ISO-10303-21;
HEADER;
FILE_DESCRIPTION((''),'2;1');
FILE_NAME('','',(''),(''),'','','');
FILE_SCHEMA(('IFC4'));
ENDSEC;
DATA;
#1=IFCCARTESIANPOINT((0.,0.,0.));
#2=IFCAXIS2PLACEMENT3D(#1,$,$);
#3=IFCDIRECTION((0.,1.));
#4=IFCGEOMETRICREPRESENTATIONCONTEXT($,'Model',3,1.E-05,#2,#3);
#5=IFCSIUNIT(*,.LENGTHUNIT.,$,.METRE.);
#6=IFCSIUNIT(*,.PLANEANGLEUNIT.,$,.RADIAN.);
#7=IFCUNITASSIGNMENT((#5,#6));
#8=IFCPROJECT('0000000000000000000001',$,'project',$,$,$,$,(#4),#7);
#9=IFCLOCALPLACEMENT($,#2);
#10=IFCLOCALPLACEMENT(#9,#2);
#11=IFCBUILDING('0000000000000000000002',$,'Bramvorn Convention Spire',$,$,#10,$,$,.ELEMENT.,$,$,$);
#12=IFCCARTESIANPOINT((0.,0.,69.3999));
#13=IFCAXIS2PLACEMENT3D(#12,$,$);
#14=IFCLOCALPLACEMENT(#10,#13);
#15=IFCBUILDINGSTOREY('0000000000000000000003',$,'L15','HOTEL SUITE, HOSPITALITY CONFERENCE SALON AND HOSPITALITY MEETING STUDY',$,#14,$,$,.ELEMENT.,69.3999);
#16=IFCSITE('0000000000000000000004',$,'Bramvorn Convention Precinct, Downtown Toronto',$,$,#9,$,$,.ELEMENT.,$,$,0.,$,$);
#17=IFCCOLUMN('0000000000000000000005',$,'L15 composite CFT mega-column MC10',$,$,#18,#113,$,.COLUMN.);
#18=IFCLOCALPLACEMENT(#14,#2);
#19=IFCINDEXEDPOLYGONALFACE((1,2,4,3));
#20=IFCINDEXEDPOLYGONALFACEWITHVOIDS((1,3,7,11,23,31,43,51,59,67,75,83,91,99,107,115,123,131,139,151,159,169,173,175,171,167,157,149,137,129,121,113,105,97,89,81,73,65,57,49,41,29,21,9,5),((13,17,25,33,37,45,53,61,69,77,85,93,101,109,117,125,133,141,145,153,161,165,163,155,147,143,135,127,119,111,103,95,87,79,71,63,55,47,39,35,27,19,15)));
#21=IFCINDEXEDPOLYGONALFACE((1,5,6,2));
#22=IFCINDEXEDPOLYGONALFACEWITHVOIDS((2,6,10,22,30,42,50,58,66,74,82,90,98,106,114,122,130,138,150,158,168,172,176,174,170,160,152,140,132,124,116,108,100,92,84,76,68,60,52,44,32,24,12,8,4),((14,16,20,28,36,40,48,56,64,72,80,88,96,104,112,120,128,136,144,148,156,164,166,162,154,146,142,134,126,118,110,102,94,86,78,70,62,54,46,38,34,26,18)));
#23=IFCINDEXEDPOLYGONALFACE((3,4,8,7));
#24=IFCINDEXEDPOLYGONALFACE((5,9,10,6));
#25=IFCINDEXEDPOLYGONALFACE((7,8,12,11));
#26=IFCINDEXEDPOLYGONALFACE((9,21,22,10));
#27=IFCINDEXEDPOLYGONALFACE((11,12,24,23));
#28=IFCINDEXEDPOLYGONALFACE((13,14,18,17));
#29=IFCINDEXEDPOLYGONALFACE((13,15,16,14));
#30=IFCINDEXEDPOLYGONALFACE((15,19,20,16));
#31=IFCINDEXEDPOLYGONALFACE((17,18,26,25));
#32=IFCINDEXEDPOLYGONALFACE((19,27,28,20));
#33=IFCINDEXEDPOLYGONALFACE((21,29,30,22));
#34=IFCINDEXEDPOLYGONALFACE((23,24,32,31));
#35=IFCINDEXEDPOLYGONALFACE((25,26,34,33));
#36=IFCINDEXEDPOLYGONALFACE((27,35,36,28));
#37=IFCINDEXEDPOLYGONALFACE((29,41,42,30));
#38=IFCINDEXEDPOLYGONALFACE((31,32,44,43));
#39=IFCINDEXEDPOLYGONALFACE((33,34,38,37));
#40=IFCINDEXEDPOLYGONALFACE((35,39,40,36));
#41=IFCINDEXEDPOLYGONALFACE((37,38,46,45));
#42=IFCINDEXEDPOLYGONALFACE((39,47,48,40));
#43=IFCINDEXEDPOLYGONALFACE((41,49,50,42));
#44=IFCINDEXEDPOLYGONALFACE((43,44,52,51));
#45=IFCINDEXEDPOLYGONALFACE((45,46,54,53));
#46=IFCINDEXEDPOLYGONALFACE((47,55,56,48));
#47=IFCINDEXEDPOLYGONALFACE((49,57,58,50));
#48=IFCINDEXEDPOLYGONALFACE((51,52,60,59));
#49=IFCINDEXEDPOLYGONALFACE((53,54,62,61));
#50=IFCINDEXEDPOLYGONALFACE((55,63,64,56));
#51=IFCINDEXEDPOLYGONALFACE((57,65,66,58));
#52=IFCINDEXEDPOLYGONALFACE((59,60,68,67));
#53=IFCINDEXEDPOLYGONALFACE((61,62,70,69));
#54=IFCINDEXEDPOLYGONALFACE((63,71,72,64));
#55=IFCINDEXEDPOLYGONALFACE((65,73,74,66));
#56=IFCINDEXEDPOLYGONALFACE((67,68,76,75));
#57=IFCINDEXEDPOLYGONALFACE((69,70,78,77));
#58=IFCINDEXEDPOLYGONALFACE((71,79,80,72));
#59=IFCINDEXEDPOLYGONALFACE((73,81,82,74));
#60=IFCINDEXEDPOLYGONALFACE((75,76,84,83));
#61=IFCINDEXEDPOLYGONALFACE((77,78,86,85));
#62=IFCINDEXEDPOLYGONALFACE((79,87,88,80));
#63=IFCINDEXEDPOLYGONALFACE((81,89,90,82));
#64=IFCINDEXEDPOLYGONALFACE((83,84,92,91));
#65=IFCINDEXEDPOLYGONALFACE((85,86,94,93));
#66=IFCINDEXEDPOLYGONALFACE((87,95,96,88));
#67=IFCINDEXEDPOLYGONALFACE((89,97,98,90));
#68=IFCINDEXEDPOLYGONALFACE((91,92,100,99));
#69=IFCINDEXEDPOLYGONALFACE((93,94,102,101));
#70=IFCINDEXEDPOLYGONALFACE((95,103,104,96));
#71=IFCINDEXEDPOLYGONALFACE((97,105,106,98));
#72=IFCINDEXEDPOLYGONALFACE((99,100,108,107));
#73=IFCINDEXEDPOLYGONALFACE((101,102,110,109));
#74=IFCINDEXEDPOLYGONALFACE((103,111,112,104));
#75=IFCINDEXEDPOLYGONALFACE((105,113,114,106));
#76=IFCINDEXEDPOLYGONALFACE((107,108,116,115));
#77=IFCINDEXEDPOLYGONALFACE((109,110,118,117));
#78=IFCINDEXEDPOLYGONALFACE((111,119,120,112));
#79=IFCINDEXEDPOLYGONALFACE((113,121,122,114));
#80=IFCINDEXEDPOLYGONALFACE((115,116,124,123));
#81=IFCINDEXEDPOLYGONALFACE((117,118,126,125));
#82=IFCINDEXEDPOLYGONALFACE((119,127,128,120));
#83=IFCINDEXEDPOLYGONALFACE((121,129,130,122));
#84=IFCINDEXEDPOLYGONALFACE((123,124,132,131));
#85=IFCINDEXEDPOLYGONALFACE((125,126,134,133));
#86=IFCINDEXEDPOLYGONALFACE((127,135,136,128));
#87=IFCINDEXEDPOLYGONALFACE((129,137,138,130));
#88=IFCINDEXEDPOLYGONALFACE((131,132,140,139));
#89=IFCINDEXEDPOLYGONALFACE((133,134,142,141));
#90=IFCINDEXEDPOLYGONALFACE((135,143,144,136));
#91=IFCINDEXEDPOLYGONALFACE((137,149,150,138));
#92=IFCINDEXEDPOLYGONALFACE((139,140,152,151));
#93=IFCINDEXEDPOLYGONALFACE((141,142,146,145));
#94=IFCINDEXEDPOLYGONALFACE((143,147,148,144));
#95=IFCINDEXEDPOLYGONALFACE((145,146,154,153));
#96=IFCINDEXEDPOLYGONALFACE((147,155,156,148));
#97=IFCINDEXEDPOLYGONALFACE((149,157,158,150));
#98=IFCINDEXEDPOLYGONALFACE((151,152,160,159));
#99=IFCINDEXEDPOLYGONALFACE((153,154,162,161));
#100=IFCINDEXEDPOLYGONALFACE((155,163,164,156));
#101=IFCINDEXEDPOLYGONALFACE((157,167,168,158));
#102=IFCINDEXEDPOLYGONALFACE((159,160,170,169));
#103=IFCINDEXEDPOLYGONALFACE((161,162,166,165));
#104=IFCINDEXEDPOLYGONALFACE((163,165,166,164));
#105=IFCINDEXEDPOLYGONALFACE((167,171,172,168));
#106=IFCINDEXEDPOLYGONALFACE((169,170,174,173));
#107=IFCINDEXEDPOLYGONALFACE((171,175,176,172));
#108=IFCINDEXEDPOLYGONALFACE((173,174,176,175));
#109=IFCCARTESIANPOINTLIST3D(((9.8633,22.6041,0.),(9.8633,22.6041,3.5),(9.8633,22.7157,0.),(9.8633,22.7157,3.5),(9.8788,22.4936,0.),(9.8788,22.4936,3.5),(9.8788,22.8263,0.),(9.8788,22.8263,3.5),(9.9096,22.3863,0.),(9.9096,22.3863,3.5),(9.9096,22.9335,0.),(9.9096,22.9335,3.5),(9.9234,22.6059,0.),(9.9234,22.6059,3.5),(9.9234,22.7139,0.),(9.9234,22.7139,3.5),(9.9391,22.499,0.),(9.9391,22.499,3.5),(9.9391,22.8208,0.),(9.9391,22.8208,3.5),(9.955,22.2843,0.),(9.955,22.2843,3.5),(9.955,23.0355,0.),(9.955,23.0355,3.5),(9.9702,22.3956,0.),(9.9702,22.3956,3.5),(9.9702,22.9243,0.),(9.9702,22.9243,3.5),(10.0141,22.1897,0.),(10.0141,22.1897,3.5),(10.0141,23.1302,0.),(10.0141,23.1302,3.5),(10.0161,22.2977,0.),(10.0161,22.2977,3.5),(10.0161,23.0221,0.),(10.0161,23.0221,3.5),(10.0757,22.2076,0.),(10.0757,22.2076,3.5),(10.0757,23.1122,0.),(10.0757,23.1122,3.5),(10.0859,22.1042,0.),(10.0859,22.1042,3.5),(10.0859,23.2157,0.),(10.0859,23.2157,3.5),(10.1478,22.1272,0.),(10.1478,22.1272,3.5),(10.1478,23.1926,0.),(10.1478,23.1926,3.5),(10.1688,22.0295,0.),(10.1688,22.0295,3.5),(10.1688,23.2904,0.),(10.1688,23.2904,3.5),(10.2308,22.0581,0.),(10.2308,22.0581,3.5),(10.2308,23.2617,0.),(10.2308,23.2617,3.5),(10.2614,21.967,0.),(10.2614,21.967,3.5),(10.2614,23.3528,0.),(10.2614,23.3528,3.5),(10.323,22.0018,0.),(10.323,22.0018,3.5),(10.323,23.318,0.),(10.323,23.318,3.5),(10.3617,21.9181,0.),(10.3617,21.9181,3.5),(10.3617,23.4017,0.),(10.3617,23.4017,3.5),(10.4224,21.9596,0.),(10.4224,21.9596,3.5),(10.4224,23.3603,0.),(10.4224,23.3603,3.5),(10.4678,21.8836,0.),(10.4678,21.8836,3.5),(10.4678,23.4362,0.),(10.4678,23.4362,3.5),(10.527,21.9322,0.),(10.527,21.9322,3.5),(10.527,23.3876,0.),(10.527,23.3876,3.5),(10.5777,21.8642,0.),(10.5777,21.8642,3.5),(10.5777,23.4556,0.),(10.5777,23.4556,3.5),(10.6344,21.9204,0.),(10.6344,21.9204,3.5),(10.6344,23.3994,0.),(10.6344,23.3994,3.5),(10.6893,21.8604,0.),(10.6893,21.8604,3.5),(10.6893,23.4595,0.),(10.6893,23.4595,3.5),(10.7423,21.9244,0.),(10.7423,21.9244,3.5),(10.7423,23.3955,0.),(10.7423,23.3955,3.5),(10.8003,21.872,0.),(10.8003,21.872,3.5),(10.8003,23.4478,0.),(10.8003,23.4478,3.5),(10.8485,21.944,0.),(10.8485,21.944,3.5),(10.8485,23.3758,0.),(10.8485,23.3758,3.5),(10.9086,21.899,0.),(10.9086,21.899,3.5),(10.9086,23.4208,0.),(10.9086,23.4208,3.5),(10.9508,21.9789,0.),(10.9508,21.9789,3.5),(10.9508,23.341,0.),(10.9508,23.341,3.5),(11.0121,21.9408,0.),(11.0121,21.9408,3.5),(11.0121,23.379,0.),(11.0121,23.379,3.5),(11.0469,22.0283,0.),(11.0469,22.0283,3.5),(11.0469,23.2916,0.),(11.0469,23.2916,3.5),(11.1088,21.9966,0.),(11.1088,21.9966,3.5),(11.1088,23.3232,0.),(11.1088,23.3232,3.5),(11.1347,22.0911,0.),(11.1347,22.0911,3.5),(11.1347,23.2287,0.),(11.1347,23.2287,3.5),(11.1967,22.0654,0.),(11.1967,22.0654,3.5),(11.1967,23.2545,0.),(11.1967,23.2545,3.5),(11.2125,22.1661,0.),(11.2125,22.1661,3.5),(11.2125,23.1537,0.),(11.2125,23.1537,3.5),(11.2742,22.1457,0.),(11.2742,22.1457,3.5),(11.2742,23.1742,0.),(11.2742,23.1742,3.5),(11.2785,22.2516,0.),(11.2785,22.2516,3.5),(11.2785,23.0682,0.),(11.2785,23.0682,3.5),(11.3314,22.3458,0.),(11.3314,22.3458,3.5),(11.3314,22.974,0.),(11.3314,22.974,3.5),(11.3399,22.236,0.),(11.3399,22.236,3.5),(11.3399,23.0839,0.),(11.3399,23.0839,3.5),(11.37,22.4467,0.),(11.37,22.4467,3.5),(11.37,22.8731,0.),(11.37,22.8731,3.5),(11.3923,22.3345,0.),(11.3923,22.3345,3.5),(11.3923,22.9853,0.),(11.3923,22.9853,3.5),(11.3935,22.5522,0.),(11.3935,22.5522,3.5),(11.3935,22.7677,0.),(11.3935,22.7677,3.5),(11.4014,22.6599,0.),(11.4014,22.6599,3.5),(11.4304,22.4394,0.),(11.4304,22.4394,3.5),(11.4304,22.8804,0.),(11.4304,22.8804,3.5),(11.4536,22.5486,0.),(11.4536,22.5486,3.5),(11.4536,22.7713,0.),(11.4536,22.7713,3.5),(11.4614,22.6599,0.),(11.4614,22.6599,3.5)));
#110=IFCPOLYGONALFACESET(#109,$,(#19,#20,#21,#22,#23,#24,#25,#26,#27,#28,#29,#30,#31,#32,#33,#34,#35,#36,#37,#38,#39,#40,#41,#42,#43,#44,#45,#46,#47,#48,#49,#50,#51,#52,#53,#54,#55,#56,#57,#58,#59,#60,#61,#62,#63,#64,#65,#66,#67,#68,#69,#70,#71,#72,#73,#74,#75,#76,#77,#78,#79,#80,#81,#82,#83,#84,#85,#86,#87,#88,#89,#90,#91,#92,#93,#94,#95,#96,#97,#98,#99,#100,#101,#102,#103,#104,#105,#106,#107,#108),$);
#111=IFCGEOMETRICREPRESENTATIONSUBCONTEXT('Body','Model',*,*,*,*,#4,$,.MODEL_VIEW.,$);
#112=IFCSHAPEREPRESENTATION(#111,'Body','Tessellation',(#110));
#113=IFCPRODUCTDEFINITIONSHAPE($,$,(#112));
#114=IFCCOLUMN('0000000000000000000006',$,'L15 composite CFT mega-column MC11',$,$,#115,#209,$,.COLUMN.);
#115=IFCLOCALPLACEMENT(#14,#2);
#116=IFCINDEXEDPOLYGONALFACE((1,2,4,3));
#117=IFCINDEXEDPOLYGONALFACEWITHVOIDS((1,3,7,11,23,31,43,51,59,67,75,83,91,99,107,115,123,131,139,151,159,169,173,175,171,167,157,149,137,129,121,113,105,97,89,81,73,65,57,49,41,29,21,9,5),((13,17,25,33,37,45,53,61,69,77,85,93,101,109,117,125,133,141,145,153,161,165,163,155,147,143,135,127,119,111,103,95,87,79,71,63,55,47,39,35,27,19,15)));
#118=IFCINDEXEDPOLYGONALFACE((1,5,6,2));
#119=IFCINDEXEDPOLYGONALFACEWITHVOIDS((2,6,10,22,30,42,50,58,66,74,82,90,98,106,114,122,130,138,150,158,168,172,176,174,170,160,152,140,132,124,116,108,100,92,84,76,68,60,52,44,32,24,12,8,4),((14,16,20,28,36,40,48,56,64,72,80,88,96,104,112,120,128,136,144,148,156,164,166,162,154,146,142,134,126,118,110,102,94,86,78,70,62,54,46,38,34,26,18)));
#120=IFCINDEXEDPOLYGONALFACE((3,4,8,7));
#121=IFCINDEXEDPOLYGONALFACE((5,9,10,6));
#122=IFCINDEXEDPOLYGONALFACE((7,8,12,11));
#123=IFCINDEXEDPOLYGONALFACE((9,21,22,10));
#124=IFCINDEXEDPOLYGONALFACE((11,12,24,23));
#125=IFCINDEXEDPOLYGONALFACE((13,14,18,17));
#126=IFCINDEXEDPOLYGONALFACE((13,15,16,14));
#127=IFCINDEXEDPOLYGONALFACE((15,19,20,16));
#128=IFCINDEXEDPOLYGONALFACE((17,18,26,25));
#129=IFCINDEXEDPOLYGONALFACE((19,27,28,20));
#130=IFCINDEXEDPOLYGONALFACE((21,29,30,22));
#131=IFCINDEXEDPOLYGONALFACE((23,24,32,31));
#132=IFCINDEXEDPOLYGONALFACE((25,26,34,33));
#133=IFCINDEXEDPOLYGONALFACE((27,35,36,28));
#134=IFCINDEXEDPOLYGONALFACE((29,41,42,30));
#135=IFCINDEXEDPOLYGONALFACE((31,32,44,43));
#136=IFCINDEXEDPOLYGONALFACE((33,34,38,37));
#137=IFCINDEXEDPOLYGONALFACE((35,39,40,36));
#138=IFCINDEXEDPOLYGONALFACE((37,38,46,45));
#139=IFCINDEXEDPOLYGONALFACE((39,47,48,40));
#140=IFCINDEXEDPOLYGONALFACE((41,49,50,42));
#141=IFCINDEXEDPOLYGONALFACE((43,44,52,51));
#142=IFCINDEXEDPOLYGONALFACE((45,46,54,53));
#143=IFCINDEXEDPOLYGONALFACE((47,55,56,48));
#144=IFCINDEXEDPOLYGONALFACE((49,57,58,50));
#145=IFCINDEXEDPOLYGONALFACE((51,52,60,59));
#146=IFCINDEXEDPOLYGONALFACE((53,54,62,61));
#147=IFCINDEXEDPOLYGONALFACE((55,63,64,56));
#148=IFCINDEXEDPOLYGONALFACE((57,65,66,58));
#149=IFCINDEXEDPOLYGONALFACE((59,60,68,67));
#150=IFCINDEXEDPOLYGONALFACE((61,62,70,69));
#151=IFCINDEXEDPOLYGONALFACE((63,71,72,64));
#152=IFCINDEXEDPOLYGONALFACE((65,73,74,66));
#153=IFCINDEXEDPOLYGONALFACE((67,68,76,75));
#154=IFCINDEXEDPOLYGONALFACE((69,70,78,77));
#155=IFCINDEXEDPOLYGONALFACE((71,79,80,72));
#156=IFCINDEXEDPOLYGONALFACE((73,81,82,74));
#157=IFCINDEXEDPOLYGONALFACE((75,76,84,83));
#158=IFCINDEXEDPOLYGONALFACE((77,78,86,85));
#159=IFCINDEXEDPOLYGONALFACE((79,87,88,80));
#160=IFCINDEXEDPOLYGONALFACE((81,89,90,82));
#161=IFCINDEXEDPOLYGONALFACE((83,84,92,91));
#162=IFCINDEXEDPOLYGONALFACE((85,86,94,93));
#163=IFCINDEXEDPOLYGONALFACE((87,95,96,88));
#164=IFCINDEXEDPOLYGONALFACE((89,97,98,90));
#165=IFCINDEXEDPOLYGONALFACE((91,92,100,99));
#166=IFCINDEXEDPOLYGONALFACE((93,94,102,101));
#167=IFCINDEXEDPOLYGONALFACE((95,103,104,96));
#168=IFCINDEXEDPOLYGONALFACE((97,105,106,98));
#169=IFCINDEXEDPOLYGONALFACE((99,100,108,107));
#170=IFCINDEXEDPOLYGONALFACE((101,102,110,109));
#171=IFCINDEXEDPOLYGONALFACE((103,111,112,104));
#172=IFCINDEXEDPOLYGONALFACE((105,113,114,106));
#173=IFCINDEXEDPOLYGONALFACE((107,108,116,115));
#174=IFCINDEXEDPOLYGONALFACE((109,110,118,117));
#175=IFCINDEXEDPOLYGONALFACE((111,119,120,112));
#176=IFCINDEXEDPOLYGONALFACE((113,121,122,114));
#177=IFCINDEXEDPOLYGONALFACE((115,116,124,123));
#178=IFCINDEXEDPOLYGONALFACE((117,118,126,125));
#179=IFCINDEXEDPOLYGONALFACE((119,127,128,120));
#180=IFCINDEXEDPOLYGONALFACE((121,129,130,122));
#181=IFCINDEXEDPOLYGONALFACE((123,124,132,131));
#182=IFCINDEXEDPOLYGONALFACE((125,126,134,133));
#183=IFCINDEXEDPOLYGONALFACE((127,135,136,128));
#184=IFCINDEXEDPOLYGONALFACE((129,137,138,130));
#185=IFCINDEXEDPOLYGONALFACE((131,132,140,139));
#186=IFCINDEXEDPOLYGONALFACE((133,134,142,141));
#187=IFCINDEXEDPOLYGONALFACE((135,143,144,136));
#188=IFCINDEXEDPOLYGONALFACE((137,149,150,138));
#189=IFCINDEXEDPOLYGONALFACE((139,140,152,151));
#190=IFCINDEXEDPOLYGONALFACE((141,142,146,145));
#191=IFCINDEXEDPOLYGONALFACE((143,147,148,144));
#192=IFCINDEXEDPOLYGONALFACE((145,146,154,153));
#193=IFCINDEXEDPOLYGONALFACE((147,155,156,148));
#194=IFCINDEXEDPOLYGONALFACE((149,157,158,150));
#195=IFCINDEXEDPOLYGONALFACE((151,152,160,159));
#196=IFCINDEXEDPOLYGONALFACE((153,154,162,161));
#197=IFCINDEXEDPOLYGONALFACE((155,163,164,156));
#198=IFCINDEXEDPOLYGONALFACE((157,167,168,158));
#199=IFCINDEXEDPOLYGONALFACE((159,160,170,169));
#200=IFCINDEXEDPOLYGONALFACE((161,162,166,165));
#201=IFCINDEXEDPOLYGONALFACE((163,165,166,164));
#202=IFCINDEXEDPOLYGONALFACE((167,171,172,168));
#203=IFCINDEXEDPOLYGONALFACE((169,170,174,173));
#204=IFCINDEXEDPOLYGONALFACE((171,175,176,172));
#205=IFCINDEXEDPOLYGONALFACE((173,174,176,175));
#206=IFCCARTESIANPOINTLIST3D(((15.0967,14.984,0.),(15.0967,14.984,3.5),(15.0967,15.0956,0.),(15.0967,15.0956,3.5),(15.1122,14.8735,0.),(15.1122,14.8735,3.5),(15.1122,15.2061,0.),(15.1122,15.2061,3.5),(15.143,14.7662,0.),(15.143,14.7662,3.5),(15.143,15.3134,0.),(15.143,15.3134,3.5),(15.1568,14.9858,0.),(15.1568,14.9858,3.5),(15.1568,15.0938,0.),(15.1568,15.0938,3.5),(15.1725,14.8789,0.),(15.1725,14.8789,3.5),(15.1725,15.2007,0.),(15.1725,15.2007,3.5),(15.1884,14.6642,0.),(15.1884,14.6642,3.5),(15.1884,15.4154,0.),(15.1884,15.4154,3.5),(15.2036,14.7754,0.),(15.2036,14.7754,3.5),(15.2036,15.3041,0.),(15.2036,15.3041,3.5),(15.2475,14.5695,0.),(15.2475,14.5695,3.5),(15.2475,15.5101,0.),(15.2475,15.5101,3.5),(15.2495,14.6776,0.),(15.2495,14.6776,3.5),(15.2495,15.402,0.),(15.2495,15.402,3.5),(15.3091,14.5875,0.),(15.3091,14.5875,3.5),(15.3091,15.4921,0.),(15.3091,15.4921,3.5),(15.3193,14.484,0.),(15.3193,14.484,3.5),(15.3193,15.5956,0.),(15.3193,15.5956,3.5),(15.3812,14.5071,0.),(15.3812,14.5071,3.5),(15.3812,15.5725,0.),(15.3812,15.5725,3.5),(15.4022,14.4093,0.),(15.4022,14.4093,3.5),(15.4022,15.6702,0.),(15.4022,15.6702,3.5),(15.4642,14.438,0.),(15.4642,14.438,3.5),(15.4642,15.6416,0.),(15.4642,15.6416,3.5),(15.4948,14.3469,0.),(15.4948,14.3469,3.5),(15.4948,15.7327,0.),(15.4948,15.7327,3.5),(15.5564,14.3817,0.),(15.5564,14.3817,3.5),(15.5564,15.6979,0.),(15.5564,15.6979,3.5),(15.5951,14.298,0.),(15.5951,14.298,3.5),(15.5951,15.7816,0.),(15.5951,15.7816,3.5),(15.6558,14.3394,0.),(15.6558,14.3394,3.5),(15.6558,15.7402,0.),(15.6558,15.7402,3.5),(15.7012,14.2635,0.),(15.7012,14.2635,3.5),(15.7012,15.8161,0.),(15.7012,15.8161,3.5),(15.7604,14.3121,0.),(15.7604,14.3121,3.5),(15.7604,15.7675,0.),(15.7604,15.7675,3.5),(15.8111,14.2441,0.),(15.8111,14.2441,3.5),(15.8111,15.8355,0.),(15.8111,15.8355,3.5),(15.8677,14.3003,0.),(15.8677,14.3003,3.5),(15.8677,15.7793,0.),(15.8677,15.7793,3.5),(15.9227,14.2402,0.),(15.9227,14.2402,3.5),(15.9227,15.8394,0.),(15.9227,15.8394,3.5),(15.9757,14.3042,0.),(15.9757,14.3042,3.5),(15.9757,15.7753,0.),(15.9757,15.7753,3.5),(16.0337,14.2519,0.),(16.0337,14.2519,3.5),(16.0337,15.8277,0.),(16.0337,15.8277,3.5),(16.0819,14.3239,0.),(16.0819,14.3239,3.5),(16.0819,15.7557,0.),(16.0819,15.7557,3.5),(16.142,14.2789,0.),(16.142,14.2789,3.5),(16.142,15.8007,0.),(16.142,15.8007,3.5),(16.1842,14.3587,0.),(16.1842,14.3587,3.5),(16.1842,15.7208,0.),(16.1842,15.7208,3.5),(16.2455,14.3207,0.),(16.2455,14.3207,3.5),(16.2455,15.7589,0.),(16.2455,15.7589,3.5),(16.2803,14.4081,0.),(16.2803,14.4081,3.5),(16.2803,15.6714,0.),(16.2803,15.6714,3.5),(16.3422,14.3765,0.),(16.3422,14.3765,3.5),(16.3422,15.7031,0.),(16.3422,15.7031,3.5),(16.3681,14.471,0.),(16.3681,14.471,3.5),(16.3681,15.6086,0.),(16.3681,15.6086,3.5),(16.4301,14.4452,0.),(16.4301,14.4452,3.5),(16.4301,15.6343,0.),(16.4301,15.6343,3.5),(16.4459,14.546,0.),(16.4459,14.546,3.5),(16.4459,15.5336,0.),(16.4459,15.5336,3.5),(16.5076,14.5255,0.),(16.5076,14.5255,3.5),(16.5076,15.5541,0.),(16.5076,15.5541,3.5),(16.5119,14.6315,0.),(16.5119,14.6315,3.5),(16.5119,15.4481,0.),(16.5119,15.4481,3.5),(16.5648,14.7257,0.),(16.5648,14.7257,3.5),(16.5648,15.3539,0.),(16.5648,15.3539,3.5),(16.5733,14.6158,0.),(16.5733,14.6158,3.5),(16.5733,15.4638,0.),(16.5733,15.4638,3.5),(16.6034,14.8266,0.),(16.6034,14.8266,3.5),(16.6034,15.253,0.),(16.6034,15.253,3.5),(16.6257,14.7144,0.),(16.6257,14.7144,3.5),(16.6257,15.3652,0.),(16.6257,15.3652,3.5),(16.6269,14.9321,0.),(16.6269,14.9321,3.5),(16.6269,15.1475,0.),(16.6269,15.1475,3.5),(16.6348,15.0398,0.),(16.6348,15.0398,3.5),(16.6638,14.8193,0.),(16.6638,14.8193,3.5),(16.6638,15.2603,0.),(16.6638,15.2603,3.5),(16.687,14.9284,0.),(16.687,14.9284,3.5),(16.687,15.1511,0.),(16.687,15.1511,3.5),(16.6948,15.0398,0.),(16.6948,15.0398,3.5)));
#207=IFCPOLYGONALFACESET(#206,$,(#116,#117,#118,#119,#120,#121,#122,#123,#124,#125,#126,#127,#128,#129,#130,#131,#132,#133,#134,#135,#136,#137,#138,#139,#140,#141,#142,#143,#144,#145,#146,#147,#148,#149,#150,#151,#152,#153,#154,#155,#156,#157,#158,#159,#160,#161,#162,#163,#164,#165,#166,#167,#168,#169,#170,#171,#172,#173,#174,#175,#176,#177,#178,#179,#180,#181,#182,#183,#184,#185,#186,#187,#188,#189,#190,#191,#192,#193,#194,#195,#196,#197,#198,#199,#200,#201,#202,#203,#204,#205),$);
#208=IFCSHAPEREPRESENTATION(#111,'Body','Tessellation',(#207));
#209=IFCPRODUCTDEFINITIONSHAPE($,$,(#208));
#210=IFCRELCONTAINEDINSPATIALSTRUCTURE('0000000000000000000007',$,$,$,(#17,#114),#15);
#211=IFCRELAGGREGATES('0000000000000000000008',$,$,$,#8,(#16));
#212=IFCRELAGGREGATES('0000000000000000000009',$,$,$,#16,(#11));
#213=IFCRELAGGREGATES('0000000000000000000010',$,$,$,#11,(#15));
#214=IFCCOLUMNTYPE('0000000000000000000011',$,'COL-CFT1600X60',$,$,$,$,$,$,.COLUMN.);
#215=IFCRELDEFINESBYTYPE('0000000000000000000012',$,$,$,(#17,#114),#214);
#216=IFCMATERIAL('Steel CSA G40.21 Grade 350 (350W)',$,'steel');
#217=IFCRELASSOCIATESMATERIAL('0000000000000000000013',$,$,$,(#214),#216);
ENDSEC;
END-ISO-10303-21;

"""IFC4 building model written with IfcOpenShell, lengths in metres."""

from ifc_helpers import new_model, si_unit, direction, frame, origin, origin_2d, place, context, subcontext, project, spatial, hollow_circle, extrude, material, material_profile, profile_set, type_object, element, save


model = new_model("IFC4")

# Units and contexts
model_context = context("Model", 3, precision=1e-05, world=origin(), true_north=direction((0.0, 1.0)))
body_context = subcontext(model_context, "Body", "Model", "MODEL_VIEW")
ifc_project = project(units=[si_unit("LENGTHUNIT", "METRE"), si_unit("PLANEANGLEUNIT", "RADIAN")], contexts=[model_context])

# Site, building, storey
site_placement = place(None, origin())
site = spatial("IfcSite", under=ifc_project, at=site_placement, Name="Bramvorn Convention Precinct, Downtown Toronto", CompositionType="ELEMENT", RefElevation=0.0)
building_placement = place(site_placement, origin())
building = spatial("IfcBuilding", under=site, at=building_placement, Name="Bramvorn Convention Spire", CompositionType="ELEMENT")
storey_placement = place(building_placement, frame((0.0, 0.0, 69.3999)))
storey = spatial("IfcBuildingStorey", under=building, at=storey_placement, Name="L15", Description="HOTEL SUITE, HOSPITALITY CONFERENCE SALON AND HOSPITALITY MEETING STUDY", CompositionType="ELEMENT", Elevation=69.3999)

# Columns
ifc_material_1 = material(Name="Steel CSA G40.21 Grade 350 (350W)", Category="steel")
ifc_material_profile_1 = material_profile(ifc_material_1, hollow_circle(Radius=0.8, WallThickness=0.0601, at=origin_2d()))
ifc_profile_set_1 = profile_set([ifc_material_profile_1], Name="Steel CSA G40.21 Grade 350 (350W) - CFT1600X60")
column_type = type_object("IfcColumnType", Name="COL-CFT1600X60", PredefinedType="COLUMN", material=ifc_profile_set_1)
for number, where, z_axis, x_axis, name in (
    (1, (10.6614, 22.6599, 0.0), (0.0, 0.0, 1.0), (1.0, 0.0, 0.0), "L15 composite CFT mega-column MC10"),
    (2, (15.8948, 15.0398, 0.0), (0.0, 0.0, 1.0), (1.0, 0.0, 0.0), "L15 composite CFT mega-column MC11"),
):
    element("IfcColumn", number, at=place(storey_placement, frame(where, z_axis=z_axis, x_axis=x_axis)), inside=storey, type_object=column_type, Name=name, PredefinedType="COLUMN", context=body_context, shape_type="SweptSolid", body=[
        extrude(hollow_circle(Radius=0.8, WallThickness=0.0601, at=origin_2d()), origin(), (0.0, 0.0, 1.0), 3.5),
    ])

save(model, "model.ifc")
